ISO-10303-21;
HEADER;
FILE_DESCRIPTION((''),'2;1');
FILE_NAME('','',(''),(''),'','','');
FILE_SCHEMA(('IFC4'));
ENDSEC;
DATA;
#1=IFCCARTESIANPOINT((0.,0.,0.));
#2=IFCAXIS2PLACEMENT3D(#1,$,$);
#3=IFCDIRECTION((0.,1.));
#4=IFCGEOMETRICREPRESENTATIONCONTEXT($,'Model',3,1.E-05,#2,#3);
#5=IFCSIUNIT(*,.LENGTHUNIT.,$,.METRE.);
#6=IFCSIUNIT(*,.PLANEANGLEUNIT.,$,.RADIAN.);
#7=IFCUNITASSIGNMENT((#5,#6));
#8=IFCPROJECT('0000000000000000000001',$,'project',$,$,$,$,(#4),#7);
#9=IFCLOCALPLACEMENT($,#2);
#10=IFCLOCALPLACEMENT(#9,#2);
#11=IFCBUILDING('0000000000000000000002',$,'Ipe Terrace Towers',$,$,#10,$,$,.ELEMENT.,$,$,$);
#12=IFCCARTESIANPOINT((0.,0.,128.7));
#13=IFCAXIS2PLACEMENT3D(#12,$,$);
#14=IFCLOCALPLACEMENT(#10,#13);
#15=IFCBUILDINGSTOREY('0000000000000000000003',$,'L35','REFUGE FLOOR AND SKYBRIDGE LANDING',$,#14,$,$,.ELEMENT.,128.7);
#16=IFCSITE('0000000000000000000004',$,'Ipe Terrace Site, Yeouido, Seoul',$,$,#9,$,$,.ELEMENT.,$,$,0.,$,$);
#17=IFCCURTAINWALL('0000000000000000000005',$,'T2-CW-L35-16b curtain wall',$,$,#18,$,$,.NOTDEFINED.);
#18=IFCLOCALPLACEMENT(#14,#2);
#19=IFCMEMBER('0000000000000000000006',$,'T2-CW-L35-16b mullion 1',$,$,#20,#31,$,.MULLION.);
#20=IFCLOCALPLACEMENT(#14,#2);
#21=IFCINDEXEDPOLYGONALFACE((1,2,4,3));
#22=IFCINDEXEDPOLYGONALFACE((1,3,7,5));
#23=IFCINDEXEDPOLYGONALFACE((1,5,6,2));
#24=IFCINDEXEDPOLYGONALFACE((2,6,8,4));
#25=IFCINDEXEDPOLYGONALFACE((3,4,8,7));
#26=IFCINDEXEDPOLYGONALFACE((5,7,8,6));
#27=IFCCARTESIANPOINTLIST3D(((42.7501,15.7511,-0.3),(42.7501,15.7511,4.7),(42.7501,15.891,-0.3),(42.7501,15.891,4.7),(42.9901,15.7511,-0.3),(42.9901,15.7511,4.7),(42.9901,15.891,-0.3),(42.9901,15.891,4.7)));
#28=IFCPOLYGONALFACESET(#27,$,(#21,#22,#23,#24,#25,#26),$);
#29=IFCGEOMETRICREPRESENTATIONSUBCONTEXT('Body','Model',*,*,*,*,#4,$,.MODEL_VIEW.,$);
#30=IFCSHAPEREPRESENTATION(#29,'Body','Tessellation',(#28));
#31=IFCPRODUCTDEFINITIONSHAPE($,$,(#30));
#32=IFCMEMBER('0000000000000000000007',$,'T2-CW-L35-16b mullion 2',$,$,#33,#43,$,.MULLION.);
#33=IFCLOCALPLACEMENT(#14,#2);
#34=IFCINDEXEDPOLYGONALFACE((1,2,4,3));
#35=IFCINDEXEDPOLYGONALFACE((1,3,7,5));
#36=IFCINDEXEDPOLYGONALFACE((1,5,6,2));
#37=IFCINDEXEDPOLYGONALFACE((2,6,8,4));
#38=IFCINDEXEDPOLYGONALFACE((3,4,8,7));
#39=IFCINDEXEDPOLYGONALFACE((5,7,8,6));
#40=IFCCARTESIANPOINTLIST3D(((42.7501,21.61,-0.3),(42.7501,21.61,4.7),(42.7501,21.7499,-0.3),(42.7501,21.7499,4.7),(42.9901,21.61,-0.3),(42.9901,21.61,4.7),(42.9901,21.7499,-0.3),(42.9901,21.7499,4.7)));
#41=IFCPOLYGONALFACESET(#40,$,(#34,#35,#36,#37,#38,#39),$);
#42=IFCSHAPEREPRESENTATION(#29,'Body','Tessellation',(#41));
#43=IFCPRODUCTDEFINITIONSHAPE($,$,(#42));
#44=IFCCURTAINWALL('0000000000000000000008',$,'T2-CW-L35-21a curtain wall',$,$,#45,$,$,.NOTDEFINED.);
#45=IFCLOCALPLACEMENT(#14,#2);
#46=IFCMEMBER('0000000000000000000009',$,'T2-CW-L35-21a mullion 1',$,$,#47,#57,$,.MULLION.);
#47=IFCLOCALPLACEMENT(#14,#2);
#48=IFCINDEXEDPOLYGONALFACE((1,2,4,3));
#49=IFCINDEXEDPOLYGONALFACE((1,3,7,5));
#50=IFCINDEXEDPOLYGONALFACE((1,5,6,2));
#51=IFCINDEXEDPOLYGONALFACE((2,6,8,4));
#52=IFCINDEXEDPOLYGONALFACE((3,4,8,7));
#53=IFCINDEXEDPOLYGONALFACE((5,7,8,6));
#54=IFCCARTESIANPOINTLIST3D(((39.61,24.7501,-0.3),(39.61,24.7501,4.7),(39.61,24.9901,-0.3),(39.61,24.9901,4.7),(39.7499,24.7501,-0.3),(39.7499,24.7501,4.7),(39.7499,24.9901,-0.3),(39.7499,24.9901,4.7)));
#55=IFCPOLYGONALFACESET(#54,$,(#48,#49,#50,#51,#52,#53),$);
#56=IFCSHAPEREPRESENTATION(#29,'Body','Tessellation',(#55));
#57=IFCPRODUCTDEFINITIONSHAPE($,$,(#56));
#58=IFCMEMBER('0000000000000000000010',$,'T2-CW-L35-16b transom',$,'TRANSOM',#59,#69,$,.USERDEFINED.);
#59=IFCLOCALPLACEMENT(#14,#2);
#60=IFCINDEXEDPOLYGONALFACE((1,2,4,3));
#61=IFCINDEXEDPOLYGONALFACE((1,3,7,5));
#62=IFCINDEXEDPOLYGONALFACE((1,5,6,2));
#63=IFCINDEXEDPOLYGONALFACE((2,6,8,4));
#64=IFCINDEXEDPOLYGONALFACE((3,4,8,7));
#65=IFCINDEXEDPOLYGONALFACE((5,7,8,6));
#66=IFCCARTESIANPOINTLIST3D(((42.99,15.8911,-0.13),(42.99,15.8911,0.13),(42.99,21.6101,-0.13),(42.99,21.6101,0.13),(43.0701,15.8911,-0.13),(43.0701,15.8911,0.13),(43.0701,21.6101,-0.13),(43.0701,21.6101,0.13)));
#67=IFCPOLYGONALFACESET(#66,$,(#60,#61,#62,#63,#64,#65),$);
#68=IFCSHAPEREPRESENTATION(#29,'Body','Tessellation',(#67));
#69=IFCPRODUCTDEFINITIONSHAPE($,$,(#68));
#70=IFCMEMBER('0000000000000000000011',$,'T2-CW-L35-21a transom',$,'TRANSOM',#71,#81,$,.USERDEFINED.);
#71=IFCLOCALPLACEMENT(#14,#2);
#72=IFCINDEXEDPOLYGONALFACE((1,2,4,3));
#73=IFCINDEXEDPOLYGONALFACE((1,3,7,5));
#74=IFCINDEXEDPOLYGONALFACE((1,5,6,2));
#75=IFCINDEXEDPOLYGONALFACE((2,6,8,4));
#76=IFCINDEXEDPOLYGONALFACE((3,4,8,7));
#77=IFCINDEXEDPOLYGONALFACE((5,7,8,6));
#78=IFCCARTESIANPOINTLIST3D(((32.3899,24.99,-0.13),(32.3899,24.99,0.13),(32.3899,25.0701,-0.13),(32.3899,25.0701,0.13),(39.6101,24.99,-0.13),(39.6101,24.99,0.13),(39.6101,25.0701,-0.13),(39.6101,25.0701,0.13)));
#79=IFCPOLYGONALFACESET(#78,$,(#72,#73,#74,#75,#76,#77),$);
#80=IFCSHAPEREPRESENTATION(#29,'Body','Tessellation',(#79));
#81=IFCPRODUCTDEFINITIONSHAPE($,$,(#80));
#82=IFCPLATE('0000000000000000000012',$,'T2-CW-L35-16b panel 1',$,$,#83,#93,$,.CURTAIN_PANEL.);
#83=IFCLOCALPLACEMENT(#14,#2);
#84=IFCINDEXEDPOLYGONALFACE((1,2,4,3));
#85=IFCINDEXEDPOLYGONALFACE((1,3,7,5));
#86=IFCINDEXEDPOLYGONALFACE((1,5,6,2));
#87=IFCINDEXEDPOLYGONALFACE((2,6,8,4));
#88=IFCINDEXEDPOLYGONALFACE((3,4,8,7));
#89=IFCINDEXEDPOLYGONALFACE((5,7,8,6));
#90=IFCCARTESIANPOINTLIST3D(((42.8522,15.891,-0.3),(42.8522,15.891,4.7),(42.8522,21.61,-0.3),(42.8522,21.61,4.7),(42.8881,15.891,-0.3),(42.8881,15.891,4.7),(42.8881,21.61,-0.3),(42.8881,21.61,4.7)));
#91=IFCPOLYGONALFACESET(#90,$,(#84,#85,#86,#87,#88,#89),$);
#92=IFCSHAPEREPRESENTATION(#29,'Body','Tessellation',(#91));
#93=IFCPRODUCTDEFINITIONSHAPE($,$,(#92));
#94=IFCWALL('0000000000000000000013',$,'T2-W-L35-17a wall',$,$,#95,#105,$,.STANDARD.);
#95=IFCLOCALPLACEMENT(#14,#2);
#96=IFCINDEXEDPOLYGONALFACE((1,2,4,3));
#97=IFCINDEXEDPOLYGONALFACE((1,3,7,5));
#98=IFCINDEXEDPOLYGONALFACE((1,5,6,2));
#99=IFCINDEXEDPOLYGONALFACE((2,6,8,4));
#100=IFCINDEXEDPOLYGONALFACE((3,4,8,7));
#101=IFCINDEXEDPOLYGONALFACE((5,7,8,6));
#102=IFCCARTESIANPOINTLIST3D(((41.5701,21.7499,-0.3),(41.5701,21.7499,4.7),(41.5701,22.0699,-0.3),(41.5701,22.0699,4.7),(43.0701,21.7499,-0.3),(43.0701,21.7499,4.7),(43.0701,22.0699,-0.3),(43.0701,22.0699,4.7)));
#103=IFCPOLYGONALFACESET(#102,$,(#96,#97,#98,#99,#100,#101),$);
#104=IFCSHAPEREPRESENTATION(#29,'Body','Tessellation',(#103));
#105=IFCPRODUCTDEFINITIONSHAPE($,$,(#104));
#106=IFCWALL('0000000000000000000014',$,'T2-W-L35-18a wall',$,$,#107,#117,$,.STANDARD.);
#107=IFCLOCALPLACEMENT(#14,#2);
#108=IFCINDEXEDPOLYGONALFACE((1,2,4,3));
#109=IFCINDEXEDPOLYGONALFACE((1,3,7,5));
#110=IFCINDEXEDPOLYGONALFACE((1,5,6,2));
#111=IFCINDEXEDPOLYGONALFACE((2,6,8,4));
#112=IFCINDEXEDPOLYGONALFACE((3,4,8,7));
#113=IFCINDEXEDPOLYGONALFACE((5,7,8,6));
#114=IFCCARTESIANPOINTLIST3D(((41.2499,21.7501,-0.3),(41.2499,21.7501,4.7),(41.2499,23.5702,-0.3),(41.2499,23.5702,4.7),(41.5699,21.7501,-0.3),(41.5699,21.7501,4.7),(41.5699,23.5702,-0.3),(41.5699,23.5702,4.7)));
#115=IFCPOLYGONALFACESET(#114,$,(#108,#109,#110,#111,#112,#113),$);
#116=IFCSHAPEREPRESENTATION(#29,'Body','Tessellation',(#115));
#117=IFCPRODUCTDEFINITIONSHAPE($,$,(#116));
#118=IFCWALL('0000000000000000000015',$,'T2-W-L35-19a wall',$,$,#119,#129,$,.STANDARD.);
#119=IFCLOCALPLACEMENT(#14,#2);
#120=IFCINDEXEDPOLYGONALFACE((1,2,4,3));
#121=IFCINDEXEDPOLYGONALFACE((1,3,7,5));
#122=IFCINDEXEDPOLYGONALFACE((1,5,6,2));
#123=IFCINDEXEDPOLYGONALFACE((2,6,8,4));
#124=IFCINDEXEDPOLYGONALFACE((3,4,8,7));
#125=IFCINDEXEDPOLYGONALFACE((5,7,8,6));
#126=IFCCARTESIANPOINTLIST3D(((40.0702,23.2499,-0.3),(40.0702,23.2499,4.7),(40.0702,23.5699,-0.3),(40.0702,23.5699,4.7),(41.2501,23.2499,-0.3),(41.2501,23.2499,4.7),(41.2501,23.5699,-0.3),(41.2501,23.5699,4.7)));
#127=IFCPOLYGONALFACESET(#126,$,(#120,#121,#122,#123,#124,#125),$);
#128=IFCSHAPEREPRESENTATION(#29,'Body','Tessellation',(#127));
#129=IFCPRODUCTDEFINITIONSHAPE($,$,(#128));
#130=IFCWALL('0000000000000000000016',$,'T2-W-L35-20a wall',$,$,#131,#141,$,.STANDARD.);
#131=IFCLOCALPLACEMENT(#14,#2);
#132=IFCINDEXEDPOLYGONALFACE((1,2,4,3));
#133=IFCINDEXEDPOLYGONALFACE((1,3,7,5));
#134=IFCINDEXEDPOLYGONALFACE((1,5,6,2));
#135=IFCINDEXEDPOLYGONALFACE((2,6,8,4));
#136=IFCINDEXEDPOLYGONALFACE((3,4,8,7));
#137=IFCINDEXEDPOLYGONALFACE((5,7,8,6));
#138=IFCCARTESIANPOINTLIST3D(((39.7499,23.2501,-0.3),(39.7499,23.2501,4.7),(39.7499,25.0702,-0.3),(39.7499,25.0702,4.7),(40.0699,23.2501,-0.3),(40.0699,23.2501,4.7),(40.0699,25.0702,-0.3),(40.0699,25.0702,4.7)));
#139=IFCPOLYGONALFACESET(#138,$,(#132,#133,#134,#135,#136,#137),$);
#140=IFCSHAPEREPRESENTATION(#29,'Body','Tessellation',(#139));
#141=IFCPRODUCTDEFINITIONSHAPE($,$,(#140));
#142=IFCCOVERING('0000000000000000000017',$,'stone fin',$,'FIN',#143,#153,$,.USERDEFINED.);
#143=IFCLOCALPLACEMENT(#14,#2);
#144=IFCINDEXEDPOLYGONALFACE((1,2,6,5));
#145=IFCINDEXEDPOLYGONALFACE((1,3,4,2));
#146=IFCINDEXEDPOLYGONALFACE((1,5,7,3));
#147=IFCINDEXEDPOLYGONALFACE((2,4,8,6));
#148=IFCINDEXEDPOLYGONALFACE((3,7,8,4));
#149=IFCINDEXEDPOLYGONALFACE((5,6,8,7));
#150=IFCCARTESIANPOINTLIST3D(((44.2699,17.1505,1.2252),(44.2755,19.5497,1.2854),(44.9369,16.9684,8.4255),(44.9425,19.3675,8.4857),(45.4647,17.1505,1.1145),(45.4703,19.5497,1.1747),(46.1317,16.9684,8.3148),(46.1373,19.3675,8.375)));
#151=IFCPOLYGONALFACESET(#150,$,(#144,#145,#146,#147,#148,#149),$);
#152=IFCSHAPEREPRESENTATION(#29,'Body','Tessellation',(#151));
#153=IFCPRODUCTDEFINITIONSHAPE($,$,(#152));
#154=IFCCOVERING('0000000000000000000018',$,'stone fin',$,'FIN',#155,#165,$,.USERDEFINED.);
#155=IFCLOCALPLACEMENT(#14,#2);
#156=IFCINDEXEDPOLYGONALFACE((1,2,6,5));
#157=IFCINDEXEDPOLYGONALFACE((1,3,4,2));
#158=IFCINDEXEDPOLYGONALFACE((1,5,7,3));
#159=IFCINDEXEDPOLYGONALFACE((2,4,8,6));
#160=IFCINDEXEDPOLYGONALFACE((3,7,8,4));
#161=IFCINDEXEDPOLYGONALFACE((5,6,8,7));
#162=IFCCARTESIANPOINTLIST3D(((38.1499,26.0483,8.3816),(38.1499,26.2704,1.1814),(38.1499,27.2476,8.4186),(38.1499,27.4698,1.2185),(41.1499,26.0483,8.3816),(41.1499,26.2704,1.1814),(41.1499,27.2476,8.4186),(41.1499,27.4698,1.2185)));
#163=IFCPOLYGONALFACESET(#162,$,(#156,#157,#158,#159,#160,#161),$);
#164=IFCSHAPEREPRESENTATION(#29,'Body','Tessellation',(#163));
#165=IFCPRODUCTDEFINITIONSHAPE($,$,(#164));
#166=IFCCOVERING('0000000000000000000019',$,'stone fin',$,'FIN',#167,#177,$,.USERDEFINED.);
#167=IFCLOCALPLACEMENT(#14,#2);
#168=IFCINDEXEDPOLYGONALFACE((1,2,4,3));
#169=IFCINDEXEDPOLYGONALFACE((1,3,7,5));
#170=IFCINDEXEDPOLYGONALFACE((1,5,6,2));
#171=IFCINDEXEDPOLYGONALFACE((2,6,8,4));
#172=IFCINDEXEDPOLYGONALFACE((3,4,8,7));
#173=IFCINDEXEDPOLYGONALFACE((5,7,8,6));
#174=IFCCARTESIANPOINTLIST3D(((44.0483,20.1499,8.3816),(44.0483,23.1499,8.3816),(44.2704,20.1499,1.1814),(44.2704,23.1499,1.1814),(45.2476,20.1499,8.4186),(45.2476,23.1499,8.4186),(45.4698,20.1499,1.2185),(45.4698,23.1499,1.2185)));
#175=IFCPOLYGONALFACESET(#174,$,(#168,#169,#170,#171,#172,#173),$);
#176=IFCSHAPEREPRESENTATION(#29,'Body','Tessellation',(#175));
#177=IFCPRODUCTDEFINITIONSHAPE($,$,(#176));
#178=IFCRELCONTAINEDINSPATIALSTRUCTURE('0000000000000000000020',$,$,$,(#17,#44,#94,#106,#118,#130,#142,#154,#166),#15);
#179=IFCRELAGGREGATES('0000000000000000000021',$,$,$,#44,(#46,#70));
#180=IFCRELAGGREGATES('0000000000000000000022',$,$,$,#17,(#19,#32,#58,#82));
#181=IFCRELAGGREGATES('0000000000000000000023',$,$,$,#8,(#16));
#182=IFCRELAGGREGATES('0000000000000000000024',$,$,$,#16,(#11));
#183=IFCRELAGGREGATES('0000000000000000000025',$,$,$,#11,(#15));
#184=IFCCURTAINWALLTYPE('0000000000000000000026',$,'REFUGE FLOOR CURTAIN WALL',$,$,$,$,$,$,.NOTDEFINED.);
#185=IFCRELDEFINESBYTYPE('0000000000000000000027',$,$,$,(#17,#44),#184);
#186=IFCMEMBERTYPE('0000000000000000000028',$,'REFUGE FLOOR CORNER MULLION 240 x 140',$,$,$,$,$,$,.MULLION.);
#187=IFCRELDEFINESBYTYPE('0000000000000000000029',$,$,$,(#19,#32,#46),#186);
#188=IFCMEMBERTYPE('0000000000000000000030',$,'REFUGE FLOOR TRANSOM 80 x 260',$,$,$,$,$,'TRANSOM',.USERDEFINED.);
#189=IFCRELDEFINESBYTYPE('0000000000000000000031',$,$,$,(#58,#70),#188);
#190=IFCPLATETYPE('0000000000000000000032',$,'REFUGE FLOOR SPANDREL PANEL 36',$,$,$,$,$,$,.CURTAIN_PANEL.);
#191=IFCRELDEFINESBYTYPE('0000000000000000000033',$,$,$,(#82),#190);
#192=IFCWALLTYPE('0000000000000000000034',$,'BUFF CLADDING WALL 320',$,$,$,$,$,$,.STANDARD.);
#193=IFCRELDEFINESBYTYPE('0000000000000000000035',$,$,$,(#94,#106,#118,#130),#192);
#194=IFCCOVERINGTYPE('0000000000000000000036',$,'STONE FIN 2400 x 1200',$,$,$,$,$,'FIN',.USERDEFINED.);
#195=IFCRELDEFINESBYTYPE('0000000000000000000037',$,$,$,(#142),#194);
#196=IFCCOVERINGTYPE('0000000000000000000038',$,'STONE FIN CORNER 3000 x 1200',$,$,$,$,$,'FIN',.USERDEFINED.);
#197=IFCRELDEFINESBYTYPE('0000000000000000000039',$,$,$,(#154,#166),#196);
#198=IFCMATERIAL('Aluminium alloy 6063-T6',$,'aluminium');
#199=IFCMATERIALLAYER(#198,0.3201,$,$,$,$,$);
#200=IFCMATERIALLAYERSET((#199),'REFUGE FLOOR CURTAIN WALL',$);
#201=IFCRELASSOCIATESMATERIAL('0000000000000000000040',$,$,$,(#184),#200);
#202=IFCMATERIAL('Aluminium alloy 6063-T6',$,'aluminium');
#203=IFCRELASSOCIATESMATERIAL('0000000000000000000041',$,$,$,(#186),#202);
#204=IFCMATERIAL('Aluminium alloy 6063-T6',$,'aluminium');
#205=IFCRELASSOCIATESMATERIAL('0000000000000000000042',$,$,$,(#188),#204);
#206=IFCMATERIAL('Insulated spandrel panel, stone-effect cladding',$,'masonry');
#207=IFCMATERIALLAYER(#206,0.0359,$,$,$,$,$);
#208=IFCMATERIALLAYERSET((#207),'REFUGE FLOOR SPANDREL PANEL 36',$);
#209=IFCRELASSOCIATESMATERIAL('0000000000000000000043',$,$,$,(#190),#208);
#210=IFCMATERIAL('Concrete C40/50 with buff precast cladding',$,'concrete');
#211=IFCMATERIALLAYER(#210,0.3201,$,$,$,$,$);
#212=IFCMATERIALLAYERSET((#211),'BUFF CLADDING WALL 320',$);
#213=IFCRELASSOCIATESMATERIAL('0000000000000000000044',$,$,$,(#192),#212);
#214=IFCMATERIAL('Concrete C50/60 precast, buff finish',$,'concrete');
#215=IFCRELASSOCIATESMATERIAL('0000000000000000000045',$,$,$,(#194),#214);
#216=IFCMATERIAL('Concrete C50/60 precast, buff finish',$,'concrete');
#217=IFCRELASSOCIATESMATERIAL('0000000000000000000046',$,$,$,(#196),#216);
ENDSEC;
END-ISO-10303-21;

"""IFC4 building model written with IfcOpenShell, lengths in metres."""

from ifc_helpers import new_model, si_unit, direction, frame, frame_2d, origin, origin_2d, place, context, subcontext, project, spatial, rectangle, extrude, material, layer, layer_set, material_profile, profile_set, type_object, element, aggregate, save


model = new_model("IFC4")

# Units and contexts
model_context = context("Model", 3, precision=1e-05, world=origin(), true_north=direction((0.0, 1.0)))
body_context = subcontext(model_context, "Body", "Model", "MODEL_VIEW")
ifc_project = project(units=[si_unit("LENGTHUNIT", "METRE"), si_unit("PLANEANGLEUNIT", "RADIAN")], contexts=[model_context])

# Site, building, storey
site_placement = place(None, origin())
site = spatial("IfcSite", under=ifc_project, at=site_placement, Name="Ipe Terrace Site, Yeouido, Seoul", CompositionType="ELEMENT", RefElevation=0.0)
building_placement = place(site_placement, origin())
building = spatial("IfcBuilding", under=site, at=building_placement, Name="Ipe Terrace Towers", CompositionType="ELEMENT")
storey_placement = place(building_placement, frame((0.0, 0.0, 128.7)))
storey = spatial("IfcBuildingStorey", under=building, at=storey_placement, Name="L35", Description="REFUGE FLOOR AND SKYBRIDGE LANDING", CompositionType="ELEMENT", Elevation=128.7)

# Curtain wall, members
ifc_material_1 = material(Name="Aluminium alloy 6063-T6", Category="aluminium")
ifc_layer_1 = layer(ifc_material_1, 0.3201)
ifc_layer_set_1 = layer_set([ifc_layer_1], Name="REFUGE FLOOR CURTAIN WALL")
curtain_wall_type = type_object("IfcCurtainWallType", Name="REFUGE FLOOR CURTAIN WALL", PredefinedType="NOTDEFINED", material=ifc_layer_set_1)
curtain_wall_1_placement = place(storey_placement, origin())
curtain_wall_1 = element("IfcCurtainWall", 1, at=curtain_wall_1_placement, inside=storey, type_object=curtain_wall_type, Name="T2-CW-L35-16b curtain wall", PredefinedType="NOTDEFINED")
ifc_material_2 = material(Name="Aluminium alloy 6063-T6", Category="aluminium")
ifc_material_profile_1 = material_profile(ifc_material_2, rectangle(XDim=0.24, YDim=0.1399, at=origin_2d()), Name="REFUGE FLOOR CORNER MULLION 240 x 140")
ifc_profile_set_1 = profile_set([ifc_material_profile_1], Name="Aluminium alloy 6063-T6")
member_type_1 = type_object("IfcMemberType", Name="REFUGE FLOOR CORNER MULLION 240 x 140", PredefinedType="MULLION", material=ifc_profile_set_1)
member_1_placement = place(storey_placement, frame((42.8701, 15.821, -0.3), z_axis=(0.0, 0.0, 1.0), x_axis=(1.0, 0.0, 0.0)))
member_1 = element("IfcMember", 2, at=member_1_placement, type_object=member_type_1, Name="T2-CW-L35-16b mullion 1", PredefinedType="MULLION", context=body_context, shape_type="SweptSolid", body=[
    extrude(rectangle(XDim=0.24, YDim=0.1399, at=origin_2d()), origin(), (0.0, 0.0, 1.0), 5.0),
])
member_2_placement = place(storey_placement, frame((42.8701, 21.6799, -0.3), z_axis=(0.0, 0.0, 1.0), x_axis=(1.0, 0.0, 0.0)))
member_2 = element("IfcMember", 3, at=member_2_placement, type_object=member_type_1, Name="T2-CW-L35-16b mullion 2", PredefinedType="MULLION", context=body_context, shape_type="SweptSolid", body=[
    extrude(rectangle(XDim=0.24, YDim=0.1399, at=origin_2d()), origin(), (0.0, 0.0, 1.0), 5.0),
])

# Curtain wall, member
curtain_wall_2_placement = place(storey_placement, origin())
curtain_wall_2 = element("IfcCurtainWall", 4, at=curtain_wall_2_placement, inside=storey, type_object=curtain_wall_type, Name="T2-CW-L35-21a curtain wall", PredefinedType="NOTDEFINED")
member_3_placement = place(storey_placement, frame((39.6799, 24.8701, -0.3), z_axis=(0.0, 0.0, 1.0), x_axis=(0.0, 1.0, 0.0)))
member_3 = element("IfcMember", 5, at=member_3_placement, type_object=member_type_1, Name="T2-CW-L35-21a mullion 1", PredefinedType="MULLION", context=body_context, shape_type="SweptSolid", body=[
    extrude(rectangle(XDim=0.24, YDim=0.1399, at=origin_2d()), origin(), (0.0, 0.0, 1.0), 5.0),
])

# Members
ifc_material_3 = material(Name="Aluminium alloy 6063-T6", Category="aluminium")
ifc_material_profile_2 = material_profile(ifc_material_3, rectangle(XDim=0.0801, YDim=0.26, at=origin_2d()), Name="REFUGE FLOOR TRANSOM 80 x 260")
ifc_profile_set_2 = profile_set([ifc_material_profile_2], Name="Aluminium alloy 6063-T6")
member_type_2 = type_object("IfcMemberType", Name="REFUGE FLOOR TRANSOM 80 x 260", ElementType="TRANSOM", PredefinedType="USERDEFINED", material=ifc_profile_set_2)
member_4_placement = place(storey_placement, frame((43.03, 15.8911, 0.0), z_axis=(0.0, 1.0, 0.0), x_axis=(1.0, 0.0, 0.0)))
member_4 = element("IfcMember", 6, at=member_4_placement, type_object=member_type_2, Name="T2-CW-L35-16b transom", ObjectType="TRANSOM", PredefinedType="USERDEFINED", context=body_context, shape_type="SweptSolid", body=[
    extrude(rectangle(XDim=0.0801, YDim=0.26, at=origin_2d()), origin(), (0.0, 0.0, 1.0), 5.719),
])
member_5_placement = place(storey_placement, frame((39.6101, 25.03, 0.0), z_axis=(-1.0, 0.0, 0.0), x_axis=(0.0, 1.0, 0.0)))
member_5 = element("IfcMember", 7, at=member_5_placement, type_object=member_type_2, Name="T2-CW-L35-21a transom", ObjectType="TRANSOM", PredefinedType="USERDEFINED", context=body_context, shape_type="SweptSolid", body=[
    extrude(rectangle(XDim=0.0801, YDim=0.26, at=origin_2d()), origin(), (0.0, 0.0, 1.0), 7.2202),
])
aggregate(curtain_wall_2, [member_3, member_5])

# Plate
ifc_material_4 = material(Name="Insulated spandrel panel, stone-effect cladding", Category="masonry")
ifc_layer_2 = layer(ifc_material_4, 0.0359)
ifc_layer_set_2 = layer_set([ifc_layer_2], Name="REFUGE FLOOR SPANDREL PANEL 36")
plate_type = type_object("IfcPlateType", Name="REFUGE FLOOR SPANDREL PANEL 36", PredefinedType="CURTAIN_PANEL", material=ifc_layer_set_2)
plate_placement = place(storey_placement, frame((42.8701, 18.7505, -0.3), z_axis=(0.0, 0.0, 1.0), x_axis=(0.0, 1.0, 0.0)))
plate = element("IfcPlate", 8, at=plate_placement, type_object=plate_type, Name="T2-CW-L35-16b panel 1", PredefinedType="CURTAIN_PANEL", context=body_context, shape_type="SweptSolid", body=[
    extrude(rectangle(XDim=5.719, YDim=0.0359, at=origin_2d()), origin(), (0.0, 0.0, 1.0), 5.0),
])
aggregate(curtain_wall_1, [member_1, member_2, member_4, plate])

# Walls
ifc_material_5 = material(Name="Concrete C40/50 with buff precast cladding", Category="concrete")
ifc_layer_3 = layer(ifc_material_5, 0.3201)
ifc_layer_set_3 = layer_set([ifc_layer_3], Name="BUFF CLADDING WALL 320")
wall_type = type_object("IfcWallType", Name="BUFF CLADDING WALL 320", PredefinedType="STANDARD", material=ifc_layer_set_3)
wall_1_placement = place(storey_placement, frame((43.0701, 21.9099, -0.3), z_axis=(0.0, 0.0, 1.0), x_axis=(-1.0, 0.0, 0.0)))
element("IfcWall", 9, at=wall_1_placement, inside=storey, type_object=wall_type, Name="T2-W-L35-17a wall", PredefinedType="STANDARD", context=body_context, shape_type="SweptSolid", body=[
    extrude(rectangle(XDim=1.5, YDim=0.3201, at=frame_2d((0.75, 0.0))), origin(), (0.0, 0.0, 1.0), 5.0),
])
wall_2_placement = place(storey_placement, frame((41.4099, 21.75, -0.3), z_axis=(0.0, 0.0, 1.0), x_axis=(0.0, 1.0, 0.0)))
element("IfcWall", 10, at=wall_2_placement, inside=storey, type_object=wall_type, Name="T2-W-L35-18a wall", PredefinedType="STANDARD", context=body_context, shape_type="SweptSolid", body=[
    extrude(rectangle(XDim=1.8201, YDim=0.3201, at=frame_2d((0.9102, 0.0))), origin(), (0.0, 0.0, 1.0), 5.0),
])
wall_3_placement = place(storey_placement, frame((41.25, 23.4099, -0.3), z_axis=(0.0, 0.0, 1.0), x_axis=(-1.0, 0.0, 0.0)))
element("IfcWall", 11, at=wall_3_placement, inside=storey, type_object=wall_type, Name="T2-W-L35-19a wall", PredefinedType="STANDARD", context=body_context, shape_type="SweptSolid", body=[
    extrude(rectangle(XDim=1.1799, YDim=0.3201, at=frame_2d((0.5898, 0.0))), origin(), (0.0, 0.0, 1.0), 5.0),
])
wall_4_placement = place(storey_placement, frame((39.9099, 23.25, -0.3), z_axis=(0.0, 0.0, 1.0), x_axis=(0.0, 1.0, 0.0)))
element("IfcWall", 12, at=wall_4_placement, inside=storey, type_object=wall_type, Name="T2-W-L35-20a wall", PredefinedType="STANDARD", context=body_context, shape_type="SweptSolid", body=[
    extrude(rectangle(XDim=1.8201, YDim=0.3201, at=frame_2d((0.9102, 0.0))), origin(), (0.0, 0.0, 1.0), 5.0),
])

# Coverings
ifc_material_6 = material(Name="Concrete C50/60 precast, buff finish", Category="concrete")
ifc_material_profile_3 = material_profile(ifc_material_6, rectangle(XDim=2.3999, YDim=1.2, at=origin_2d()), Name="STONE FIN 2400 x 1200")
ifc_profile_set_3 = profile_set([ifc_material_profile_3], Name="Concrete C50/60 precast, buff finish")
covering_type_1 = type_object("IfcCoveringType", Name="STONE FIN 2400 x 1200", ElementType="FIN", PredefinedType="USERDEFINED", material=ifc_profile_set_3)
covering_1_placement = place(storey_placement, frame((44.8701, 18.3501, 1.2), z_axis=(0.092211, -0.025179, 0.995421), x_axis=(0.002323, 0.999683, 0.025072)))
element("IfcCovering", 13, at=covering_1_placement, inside=storey, type_object=covering_type_1, Name="stone fin", ObjectType="FIN", PredefinedType="USERDEFINED", context=body_context, shape_type="SweptSolid", body=[
    extrude(rectangle(XDim=2.3999, YDim=1.2, at=origin_2d()), origin(), (0.0, 0.0, 1.0), 7.2334),
])
ifc_material_7 = material(Name="Concrete C50/60 precast, buff finish", Category="concrete")
ifc_material_profile_4 = material_profile(ifc_material_7, rectangle(XDim=3.0, YDim=1.2, at=origin_2d()), Name="STONE FIN CORNER 3000 x 1200")
ifc_profile_set_4 = profile_set([ifc_material_profile_4], Name="Concrete C50/60 precast, buff finish")
covering_type_2 = type_object("IfcCoveringType", Name="STONE FIN CORNER 3000 x 1200", ElementType="FIN", PredefinedType="USERDEFINED", material=ifc_profile_set_4)
for number, where, z_axis, x_axis, name in (
    (14, (39.6499, 26.8701, 1.2), (0.0, -0.030841, 0.999524), (-1.0, 0.0, 0.0), "stone fin"),
    (15, (44.8701, 21.6499, 1.2), (-0.030841, 0.0, 0.999524), (0.0, 1.0, 0.0), "stone fin"),
):
    element("IfcCovering", number, at=place(storey_placement, frame(where, z_axis=z_axis, x_axis=x_axis)), inside=storey, type_object=covering_type_2, Name=name, ObjectType="FIN", PredefinedType="USERDEFINED", context=body_context, shape_type="SweptSolid", body=[
        extrude(rectangle(XDim=3.0, YDim=1.2, at=origin_2d()), origin(), (0.0, 0.0, 1.0), 7.2036),
    ])

save(model, "model.ifc")
